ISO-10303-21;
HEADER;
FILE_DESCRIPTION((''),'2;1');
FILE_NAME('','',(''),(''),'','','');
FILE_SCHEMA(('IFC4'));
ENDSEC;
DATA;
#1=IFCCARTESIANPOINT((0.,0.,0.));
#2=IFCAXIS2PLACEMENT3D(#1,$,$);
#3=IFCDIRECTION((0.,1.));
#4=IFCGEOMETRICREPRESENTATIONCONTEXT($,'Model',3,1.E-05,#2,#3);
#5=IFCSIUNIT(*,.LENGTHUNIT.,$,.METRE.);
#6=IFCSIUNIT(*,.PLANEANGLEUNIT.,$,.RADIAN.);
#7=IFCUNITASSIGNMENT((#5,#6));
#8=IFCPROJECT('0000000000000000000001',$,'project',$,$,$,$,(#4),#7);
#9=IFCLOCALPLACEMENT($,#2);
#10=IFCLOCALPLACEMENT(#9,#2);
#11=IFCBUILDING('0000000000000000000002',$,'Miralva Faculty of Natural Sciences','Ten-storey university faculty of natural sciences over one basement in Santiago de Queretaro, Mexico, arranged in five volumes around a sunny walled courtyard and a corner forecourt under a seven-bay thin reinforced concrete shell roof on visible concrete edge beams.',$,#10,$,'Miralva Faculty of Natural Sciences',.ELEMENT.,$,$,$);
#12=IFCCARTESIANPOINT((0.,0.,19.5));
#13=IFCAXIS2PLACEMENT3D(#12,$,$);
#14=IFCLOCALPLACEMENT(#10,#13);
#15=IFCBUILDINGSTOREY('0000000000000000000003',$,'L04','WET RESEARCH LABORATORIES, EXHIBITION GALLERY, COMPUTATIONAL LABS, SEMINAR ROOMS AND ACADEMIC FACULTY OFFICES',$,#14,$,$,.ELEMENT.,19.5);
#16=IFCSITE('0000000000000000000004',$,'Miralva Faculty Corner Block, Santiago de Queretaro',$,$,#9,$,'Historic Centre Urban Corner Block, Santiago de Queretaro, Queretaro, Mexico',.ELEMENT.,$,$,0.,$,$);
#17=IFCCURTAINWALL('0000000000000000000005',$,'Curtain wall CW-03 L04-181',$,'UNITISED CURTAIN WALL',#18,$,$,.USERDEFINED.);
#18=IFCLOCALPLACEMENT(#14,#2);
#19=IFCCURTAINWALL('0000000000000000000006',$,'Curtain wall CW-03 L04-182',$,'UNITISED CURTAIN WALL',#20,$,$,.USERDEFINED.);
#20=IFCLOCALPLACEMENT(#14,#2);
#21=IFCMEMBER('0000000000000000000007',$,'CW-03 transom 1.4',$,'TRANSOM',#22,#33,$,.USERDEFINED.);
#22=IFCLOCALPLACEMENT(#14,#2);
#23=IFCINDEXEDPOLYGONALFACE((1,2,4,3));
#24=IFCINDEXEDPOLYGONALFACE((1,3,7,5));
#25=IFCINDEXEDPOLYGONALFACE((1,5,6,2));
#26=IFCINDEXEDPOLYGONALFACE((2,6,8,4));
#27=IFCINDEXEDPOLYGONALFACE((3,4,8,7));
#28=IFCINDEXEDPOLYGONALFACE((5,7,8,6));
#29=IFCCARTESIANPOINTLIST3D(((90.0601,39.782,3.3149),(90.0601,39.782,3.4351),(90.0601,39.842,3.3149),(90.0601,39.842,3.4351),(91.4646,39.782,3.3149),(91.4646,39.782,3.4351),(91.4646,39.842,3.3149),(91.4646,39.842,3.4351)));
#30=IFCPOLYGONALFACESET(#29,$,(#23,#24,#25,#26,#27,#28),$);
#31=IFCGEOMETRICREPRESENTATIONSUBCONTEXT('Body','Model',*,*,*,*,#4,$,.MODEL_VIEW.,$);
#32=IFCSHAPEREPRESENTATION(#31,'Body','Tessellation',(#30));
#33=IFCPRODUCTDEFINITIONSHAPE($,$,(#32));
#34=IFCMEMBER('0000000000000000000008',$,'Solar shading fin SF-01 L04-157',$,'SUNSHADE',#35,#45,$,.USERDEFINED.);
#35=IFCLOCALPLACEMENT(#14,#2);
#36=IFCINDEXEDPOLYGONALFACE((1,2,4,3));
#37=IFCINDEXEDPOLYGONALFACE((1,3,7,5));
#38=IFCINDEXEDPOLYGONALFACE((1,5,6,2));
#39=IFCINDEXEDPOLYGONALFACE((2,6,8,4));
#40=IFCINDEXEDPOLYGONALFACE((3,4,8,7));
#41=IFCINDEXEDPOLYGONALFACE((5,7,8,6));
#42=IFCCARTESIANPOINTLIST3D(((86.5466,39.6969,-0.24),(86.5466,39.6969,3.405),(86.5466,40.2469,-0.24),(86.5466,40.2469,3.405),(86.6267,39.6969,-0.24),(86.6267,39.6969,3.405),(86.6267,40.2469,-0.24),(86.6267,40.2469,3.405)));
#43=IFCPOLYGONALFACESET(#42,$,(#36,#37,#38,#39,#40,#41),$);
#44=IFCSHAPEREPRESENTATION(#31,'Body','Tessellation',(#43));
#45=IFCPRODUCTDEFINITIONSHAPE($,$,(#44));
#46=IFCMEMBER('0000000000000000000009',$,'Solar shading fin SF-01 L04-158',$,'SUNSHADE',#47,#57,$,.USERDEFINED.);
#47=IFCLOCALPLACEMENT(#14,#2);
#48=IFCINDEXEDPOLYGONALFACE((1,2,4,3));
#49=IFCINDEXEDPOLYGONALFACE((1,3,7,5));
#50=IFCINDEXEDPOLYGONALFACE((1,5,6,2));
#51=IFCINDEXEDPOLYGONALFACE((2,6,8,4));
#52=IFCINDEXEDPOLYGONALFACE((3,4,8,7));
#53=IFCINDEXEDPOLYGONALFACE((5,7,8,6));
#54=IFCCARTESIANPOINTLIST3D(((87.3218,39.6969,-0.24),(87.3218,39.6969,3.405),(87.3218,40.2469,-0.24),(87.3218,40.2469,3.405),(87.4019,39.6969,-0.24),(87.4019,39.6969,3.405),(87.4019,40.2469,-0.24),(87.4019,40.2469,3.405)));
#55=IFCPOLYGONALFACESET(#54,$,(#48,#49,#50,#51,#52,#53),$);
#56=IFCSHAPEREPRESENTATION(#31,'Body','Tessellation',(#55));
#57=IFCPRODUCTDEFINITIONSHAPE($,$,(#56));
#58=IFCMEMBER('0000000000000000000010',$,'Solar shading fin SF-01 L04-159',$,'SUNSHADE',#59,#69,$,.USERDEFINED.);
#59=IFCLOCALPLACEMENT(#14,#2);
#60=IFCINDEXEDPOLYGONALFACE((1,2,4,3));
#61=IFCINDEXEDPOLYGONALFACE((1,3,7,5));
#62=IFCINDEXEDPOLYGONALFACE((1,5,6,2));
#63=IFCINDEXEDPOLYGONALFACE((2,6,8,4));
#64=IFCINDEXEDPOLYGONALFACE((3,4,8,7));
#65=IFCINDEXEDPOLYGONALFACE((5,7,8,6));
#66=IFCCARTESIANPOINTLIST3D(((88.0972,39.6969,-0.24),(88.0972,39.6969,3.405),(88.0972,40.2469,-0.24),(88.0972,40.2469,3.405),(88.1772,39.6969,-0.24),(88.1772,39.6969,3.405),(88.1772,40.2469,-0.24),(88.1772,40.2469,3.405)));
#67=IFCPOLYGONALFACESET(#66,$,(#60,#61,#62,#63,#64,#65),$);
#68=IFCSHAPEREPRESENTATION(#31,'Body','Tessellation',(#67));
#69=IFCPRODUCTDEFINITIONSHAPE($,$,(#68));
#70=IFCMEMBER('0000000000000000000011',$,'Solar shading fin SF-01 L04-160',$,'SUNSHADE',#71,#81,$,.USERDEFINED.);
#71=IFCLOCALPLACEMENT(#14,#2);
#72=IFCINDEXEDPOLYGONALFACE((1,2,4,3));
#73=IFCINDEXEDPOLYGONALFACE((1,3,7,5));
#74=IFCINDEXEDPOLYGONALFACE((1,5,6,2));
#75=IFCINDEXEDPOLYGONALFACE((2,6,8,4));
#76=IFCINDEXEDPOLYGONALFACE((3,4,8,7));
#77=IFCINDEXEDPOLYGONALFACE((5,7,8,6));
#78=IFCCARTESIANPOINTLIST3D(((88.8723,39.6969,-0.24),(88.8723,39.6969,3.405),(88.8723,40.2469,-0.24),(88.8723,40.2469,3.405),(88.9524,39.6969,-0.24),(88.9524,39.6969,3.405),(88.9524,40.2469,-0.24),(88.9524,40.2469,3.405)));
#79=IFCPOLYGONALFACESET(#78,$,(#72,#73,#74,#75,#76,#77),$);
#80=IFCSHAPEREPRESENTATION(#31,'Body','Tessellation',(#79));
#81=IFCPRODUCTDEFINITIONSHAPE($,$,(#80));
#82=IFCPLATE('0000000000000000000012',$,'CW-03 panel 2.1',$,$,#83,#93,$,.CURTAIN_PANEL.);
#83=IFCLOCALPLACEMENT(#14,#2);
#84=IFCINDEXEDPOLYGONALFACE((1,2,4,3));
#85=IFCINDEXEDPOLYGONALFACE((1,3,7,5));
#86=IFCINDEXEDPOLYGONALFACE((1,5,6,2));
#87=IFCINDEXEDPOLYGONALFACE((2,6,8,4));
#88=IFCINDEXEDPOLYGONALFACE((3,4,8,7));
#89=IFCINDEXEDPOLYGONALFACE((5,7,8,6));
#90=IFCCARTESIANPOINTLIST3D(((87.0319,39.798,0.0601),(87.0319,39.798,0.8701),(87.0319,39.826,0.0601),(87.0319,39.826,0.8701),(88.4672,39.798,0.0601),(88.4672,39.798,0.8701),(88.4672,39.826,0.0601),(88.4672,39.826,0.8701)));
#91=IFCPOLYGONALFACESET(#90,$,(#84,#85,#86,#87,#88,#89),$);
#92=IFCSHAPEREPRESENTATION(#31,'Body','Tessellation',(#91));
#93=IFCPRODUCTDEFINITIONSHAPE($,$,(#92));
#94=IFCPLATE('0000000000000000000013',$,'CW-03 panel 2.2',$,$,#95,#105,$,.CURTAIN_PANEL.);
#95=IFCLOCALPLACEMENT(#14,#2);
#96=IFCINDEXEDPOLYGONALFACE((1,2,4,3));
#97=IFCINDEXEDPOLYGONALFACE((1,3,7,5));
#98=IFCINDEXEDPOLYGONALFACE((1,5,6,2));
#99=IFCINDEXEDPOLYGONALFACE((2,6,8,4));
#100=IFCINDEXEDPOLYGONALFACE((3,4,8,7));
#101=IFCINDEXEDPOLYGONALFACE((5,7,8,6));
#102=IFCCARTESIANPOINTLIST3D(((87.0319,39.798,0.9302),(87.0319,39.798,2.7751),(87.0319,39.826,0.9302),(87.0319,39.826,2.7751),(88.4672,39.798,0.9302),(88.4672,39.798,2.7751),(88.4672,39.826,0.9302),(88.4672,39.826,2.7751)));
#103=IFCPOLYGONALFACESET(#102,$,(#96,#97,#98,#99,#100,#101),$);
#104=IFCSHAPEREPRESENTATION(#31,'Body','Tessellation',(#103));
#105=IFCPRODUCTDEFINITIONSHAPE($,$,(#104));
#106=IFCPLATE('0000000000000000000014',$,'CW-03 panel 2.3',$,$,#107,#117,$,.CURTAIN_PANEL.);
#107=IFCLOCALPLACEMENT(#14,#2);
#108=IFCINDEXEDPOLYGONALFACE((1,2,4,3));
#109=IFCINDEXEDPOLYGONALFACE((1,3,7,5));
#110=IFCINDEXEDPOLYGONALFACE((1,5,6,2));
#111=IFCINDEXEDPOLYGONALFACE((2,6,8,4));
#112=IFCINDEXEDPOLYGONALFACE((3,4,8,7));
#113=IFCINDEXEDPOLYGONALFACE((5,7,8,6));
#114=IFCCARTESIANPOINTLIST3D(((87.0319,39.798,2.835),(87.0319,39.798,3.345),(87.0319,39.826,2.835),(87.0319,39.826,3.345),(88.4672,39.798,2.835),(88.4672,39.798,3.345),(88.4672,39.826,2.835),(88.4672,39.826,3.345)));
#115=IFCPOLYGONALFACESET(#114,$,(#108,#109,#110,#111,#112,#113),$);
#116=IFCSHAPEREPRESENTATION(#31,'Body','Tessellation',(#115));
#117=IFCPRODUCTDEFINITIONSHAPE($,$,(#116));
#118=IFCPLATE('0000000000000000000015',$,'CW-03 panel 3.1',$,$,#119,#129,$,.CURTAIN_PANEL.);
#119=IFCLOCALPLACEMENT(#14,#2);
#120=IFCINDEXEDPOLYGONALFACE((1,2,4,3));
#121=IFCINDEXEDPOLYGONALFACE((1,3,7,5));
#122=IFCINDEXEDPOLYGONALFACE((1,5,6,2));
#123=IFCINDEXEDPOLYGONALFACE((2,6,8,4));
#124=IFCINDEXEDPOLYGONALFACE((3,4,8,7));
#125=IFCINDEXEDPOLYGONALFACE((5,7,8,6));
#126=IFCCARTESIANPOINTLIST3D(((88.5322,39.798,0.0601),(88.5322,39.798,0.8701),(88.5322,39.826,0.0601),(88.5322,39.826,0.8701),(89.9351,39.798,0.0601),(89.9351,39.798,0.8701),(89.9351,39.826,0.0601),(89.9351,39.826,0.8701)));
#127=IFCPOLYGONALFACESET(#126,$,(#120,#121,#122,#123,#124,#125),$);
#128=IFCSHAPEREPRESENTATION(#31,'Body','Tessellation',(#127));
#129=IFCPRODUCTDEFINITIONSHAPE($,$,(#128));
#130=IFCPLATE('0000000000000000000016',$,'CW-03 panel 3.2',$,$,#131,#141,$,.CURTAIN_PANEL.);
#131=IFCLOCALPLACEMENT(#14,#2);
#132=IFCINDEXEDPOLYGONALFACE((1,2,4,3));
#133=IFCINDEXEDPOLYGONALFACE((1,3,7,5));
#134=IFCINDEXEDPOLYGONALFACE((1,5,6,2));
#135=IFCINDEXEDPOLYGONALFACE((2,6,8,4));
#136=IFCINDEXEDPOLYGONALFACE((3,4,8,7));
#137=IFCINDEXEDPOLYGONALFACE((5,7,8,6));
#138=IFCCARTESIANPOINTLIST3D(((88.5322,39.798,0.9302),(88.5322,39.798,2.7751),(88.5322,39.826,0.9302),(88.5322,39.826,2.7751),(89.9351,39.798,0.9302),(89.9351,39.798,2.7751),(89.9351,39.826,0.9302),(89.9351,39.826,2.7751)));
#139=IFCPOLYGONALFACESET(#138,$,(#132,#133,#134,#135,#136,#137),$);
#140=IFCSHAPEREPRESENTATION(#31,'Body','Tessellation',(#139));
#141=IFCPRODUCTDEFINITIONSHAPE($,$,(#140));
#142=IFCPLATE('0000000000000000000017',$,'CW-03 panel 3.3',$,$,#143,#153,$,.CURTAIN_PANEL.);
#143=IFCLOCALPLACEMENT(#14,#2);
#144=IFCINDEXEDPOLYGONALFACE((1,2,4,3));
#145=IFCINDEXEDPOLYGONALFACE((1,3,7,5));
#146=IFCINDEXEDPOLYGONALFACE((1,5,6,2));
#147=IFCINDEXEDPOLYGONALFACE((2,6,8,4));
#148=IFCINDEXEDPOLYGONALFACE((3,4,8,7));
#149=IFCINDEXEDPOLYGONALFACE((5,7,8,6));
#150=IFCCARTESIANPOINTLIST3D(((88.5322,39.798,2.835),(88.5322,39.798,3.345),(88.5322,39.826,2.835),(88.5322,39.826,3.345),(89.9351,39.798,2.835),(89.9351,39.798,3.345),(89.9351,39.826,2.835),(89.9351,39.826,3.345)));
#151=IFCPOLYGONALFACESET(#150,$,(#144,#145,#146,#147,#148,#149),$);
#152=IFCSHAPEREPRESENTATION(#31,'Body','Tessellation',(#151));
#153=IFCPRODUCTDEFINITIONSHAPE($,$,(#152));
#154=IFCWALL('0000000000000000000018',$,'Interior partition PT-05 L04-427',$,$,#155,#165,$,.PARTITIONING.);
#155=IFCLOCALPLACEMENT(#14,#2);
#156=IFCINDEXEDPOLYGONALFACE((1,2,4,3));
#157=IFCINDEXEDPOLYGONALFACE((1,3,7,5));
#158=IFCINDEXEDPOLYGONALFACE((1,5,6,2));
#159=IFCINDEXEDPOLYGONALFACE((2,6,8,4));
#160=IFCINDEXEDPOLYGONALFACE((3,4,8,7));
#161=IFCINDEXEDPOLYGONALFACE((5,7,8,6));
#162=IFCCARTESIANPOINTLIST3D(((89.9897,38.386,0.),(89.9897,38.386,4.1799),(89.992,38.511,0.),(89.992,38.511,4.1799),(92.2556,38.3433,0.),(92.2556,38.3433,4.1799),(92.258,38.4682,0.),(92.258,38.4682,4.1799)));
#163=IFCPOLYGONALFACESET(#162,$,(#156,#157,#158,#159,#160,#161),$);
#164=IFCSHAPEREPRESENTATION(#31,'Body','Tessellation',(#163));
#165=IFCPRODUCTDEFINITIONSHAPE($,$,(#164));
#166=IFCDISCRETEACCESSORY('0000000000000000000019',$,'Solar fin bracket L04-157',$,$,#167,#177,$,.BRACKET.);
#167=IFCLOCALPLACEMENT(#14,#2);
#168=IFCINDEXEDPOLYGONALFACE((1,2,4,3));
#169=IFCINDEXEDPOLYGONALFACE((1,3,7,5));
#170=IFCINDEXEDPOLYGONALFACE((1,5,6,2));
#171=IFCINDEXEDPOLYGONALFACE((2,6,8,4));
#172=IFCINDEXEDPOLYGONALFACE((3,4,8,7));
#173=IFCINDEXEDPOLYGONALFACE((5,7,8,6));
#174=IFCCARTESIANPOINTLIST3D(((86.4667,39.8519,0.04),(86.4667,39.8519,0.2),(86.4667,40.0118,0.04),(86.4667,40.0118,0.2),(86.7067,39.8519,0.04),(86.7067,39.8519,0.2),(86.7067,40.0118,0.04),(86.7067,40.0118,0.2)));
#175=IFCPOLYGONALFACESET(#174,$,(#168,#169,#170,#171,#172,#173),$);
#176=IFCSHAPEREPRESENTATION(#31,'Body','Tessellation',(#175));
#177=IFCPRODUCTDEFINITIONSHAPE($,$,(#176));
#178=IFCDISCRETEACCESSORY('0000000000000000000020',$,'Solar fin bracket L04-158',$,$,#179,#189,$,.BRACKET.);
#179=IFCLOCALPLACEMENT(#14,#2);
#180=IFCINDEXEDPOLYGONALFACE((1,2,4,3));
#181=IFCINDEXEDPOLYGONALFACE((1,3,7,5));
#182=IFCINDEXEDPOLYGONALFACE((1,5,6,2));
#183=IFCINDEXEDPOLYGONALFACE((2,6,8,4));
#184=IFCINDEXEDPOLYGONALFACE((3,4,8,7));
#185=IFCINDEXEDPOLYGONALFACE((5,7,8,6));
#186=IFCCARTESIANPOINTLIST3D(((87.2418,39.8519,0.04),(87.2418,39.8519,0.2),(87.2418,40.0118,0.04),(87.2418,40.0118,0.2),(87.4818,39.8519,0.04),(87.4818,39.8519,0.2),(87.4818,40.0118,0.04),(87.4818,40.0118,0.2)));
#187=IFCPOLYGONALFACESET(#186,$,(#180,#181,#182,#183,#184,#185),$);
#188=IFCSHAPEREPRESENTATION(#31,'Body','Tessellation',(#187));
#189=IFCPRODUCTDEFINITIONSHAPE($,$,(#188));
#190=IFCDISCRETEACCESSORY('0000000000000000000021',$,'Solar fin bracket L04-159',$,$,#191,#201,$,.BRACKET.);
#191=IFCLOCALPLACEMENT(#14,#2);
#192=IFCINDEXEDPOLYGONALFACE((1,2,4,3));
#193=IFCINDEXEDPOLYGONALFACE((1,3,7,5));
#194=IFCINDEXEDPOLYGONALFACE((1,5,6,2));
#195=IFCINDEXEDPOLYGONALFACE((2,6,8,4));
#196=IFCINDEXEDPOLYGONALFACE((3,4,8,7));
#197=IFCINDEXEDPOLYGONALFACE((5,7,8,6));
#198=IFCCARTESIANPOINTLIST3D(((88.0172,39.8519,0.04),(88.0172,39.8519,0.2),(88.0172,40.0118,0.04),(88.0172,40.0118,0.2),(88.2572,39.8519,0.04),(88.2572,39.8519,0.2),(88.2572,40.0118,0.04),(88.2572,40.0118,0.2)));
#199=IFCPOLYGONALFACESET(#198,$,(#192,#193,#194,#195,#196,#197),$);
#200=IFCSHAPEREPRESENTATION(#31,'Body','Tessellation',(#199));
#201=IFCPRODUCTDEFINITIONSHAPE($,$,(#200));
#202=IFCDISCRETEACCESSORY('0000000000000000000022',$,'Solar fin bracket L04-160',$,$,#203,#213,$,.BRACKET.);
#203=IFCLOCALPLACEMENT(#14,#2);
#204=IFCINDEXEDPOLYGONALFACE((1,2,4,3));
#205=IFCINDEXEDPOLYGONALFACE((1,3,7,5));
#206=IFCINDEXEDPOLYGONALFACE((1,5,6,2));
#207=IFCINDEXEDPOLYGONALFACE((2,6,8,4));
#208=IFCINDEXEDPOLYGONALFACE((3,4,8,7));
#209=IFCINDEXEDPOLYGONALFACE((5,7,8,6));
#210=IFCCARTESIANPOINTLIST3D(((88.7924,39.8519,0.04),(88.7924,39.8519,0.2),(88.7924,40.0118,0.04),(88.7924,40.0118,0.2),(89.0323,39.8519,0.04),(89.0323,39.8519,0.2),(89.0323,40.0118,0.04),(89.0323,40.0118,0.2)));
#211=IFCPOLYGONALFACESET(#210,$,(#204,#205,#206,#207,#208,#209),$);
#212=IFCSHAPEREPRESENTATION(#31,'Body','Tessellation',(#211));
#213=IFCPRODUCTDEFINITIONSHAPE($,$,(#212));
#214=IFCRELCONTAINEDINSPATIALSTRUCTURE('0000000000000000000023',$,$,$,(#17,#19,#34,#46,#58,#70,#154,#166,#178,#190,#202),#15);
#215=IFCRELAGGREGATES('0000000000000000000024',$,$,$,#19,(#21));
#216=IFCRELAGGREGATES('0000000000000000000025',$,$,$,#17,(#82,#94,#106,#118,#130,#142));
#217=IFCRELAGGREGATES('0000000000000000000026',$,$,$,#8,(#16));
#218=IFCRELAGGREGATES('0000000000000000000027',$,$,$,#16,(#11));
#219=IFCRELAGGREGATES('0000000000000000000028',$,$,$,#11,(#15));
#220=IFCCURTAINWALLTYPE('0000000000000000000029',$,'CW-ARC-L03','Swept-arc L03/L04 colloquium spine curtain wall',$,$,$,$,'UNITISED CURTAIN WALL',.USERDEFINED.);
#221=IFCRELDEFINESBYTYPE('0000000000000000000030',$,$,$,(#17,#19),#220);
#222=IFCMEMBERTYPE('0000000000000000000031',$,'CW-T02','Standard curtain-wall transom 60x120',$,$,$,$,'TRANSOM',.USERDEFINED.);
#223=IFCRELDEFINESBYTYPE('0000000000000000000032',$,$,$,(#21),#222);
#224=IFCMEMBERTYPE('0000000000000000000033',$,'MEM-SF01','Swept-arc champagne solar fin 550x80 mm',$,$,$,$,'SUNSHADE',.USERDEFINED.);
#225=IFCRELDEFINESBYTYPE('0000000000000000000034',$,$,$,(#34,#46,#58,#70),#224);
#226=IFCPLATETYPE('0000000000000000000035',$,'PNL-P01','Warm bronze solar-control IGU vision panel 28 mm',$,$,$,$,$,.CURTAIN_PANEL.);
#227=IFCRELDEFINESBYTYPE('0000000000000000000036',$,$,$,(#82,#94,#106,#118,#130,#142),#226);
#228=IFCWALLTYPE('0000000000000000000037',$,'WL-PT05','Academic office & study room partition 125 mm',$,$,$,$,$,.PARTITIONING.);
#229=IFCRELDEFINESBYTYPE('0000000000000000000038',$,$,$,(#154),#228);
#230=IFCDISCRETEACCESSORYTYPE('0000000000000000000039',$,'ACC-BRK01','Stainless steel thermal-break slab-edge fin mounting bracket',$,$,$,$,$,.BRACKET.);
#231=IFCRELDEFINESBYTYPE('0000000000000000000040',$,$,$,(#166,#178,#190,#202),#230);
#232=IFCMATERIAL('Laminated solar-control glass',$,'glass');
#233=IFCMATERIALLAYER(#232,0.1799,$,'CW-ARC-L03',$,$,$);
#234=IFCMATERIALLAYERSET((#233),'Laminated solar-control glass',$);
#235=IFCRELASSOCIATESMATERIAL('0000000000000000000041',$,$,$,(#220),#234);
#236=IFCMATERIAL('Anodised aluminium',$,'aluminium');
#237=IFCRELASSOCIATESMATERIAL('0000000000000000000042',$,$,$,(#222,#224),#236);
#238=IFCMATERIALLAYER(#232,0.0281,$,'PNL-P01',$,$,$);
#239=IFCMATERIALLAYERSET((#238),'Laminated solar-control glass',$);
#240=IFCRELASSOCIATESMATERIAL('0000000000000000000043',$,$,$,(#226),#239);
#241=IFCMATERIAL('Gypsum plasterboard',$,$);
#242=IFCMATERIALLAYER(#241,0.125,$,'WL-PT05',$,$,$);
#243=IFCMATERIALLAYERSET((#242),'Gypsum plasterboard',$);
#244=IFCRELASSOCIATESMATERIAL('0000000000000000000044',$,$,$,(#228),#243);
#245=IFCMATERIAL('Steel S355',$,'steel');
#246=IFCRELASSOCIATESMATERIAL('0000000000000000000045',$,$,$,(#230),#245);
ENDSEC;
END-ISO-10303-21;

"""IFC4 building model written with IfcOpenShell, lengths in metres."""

from ifc_helpers import new_model, si_unit, direction, frame, frame_2d, origin, origin_2d, place, context, subcontext, project, spatial, rectangle, extrude, material, layer, layer_set, material_profile, profile_set, type_object, element, aggregate, save


model = new_model("IFC4")

# Units and contexts
model_context = context("Model", 3, precision=1e-05, world=origin(), true_north=direction((0.0, 1.0)))
body_context = subcontext(model_context, "Body", "Model", "MODEL_VIEW")
ifc_project = project(units=[si_unit("LENGTHUNIT", "METRE"), si_unit("PLANEANGLEUNIT", "RADIAN")], contexts=[model_context])

# Site, building, storey
site_placement = place(None, origin())
site = spatial("IfcSite", under=ifc_project, at=site_placement, Name="Miralva Faculty Corner Block, Santiago de Queretaro", LongName="Historic Centre Urban Corner Block, Santiago de Queretaro, Queretaro, Mexico", CompositionType="ELEMENT", RefElevation=0.0)
building_placement = place(site_placement, origin())
building = spatial("IfcBuilding", under=site, at=building_placement, Name="Miralva Faculty of Natural Sciences", Description="Ten-storey university faculty of natural sciences over one basement in Santiago de Queretaro, Mexico, arranged in five volumes around a sunny walled courtyard and a corner forecourt under a seven-bay thin reinforced concrete shell roof on visible concrete edge beams.", LongName="Miralva Faculty of Natural Sciences", CompositionType="ELEMENT")
storey_placement = place(building_placement, frame((0.0, 0.0, 19.5)))
storey = spatial("IfcBuildingStorey", under=building, at=storey_placement, Name="L04", Description="WET RESEARCH LABORATORIES, EXHIBITION GALLERY, COMPUTATIONAL LABS, SEMINAR ROOMS AND ACADEMIC FACULTY OFFICES", CompositionType="ELEMENT", Elevation=19.5)

# Curtain wall
ifc_material_1 = material(Name="Laminated solar-control glass", Category="glass")
ifc_layer_1 = layer(ifc_material_1, 0.1799, Name="CW-ARC-L03")
ifc_layer_set_1 = layer_set([ifc_layer_1], Name="Laminated solar-control glass")
curtain_wall_type = type_object("IfcCurtainWallType", Name="CW-ARC-L03", Description="Swept-arc L03/L04 colloquium spine curtain wall", ElementType="UNITISED CURTAIN WALL", PredefinedType="USERDEFINED", material=ifc_layer_set_1)
curtain_wall_1_placement = place(storey_placement, origin())
curtain_wall_1 = element("IfcCurtainWall", 1, at=curtain_wall_1_placement, inside=storey, type_object=curtain_wall_type, Name="Curtain wall CW-03 L04-181", ObjectType="UNITISED CURTAIN WALL", PredefinedType="USERDEFINED")
ifc_material_2 = material(Name="Anodised aluminium", Category="aluminium")

# Curtain wall
curtain_wall_2_placement = place(storey_placement, origin())
curtain_wall_2 = element("IfcCurtainWall", 2, at=curtain_wall_2_placement, inside=storey, type_object=curtain_wall_type, Name="Curtain wall CW-03 L04-182", ObjectType="UNITISED CURTAIN WALL", PredefinedType="USERDEFINED")

# Member
ifc_material_profile_1 = material_profile(ifc_material_2, rectangle(XDim=0.0601, YDim=0.1201, at=origin_2d()), Name="TRANSOM 60x120")
ifc_profile_set_1 = profile_set([ifc_material_profile_1], Name="Anodised aluminium")
member_type_1 = type_object("IfcMemberType", Name="CW-T02", Description="Standard curtain-wall transom 60x120", ElementType="TRANSOM", PredefinedType="USERDEFINED", material=ifc_profile_set_1)
member_1_placement = place(storey_placement, frame((90.0601, 39.812, 3.375), z_axis=(1.0, 0.0, 0.0), x_axis=(0.0, 1.0, 0.0)))
member_1 = element("IfcMember", 3, at=member_1_placement, type_object=member_type_1, Name="CW-03 transom 1.4", ObjectType="TRANSOM", PredefinedType="USERDEFINED", context=body_context, shape_type="SweptSolid", body=[
    extrude(rectangle(XDim=0.0601, YDim=0.1201, at=origin_2d()), origin(), (0.0, 0.0, 1.0), 1.4045),
])
aggregate(curtain_wall_2, [member_1])

# Members
ifc_material_profile_2 = material_profile(ifc_material_2, rectangle(XDim=0.0801, YDim=0.55, at=origin_2d()), Name="FIN 550x80")
ifc_profile_set_2 = profile_set([ifc_material_profile_2], Name="Anodised aluminium")
member_type_2 = type_object("IfcMemberType", Name="MEM-SF01", Description="Swept-arc champagne solar fin 550x80 mm", ElementType="SUNSHADE", PredefinedType="USERDEFINED", material=ifc_profile_set_2)
for number, where, z_axis, x_axis, name in (
    (4, (86.5867, 39.9719, -0.24), (0.0, 0.0, 1.0), (-1.0, 0.0, 0.0), "Solar shading fin SF-01 L04-157"),
    (5, (87.3618, 39.9719, -0.24), (0.0, 0.0, 1.0), (-1.0, 0.0, 0.0), "Solar shading fin SF-01 L04-158"),
    (6, (88.1372, 39.9719, -0.24), (0.0, 0.0, 1.0), (-1.0, 0.0, 0.0), "Solar shading fin SF-01 L04-159"),
    (7, (88.9124, 39.9719, -0.24), (0.0, 0.0, 1.0), (-1.0, 0.0, 0.0), "Solar shading fin SF-01 L04-160"),
):
    element("IfcMember", number, at=place(storey_placement, frame(where, z_axis=z_axis, x_axis=x_axis)), inside=storey, type_object=member_type_2, Name=name, ObjectType="SUNSHADE", PredefinedType="USERDEFINED", context=body_context, shape_type="SweptSolid", body=[
        extrude(rectangle(XDim=0.0801, YDim=0.55, at=origin_2d()), origin(), (0.0, 0.0, 1.0), 3.645),
    ])

# Plates
ifc_layer_2 = layer(ifc_material_1, 0.0281, Name="PNL-P01")
ifc_layer_set_2 = layer_set([ifc_layer_2], Name="Laminated solar-control glass")
plate_type = type_object("IfcPlateType", Name="PNL-P01", Description="Warm bronze solar-control IGU vision panel 28 mm", PredefinedType="CURTAIN_PANEL", material=ifc_layer_set_2)
plate_1_placement = place(storey_placement, frame((87.7495, 39.812, 0.0601), z_axis=(0.0, 0.0, 1.0), x_axis=(1.0, 0.0, 0.0)))
plate_1 = element("IfcPlate", 8, at=plate_1_placement, type_object=plate_type, Name="CW-03 panel 2.1", PredefinedType="CURTAIN_PANEL", context=body_context, shape_type="SweptSolid", body=[
    extrude(rectangle(XDim=1.4353, YDim=0.0281, at=origin_2d()), origin(), (0.0, 0.0, 1.0), 0.8101),
])
plate_2_placement = place(storey_placement, frame((87.7495, 39.812, 0.9302), z_axis=(0.0, 0.0, 1.0), x_axis=(1.0, 0.0, 0.0)))
plate_2 = element("IfcPlate", 9, at=plate_2_placement, type_object=plate_type, Name="CW-03 panel 2.2", PredefinedType="CURTAIN_PANEL", context=body_context, shape_type="SweptSolid", body=[
    extrude(rectangle(XDim=1.4353, YDim=0.0281, at=origin_2d()), origin(), (0.0, 0.0, 1.0), 1.845),
])
plate_3_placement = place(storey_placement, frame((87.7495, 39.812, 2.835), z_axis=(0.0, 0.0, 1.0), x_axis=(1.0, 0.0, 0.0)))
plate_3 = element("IfcPlate", 10, at=plate_3_placement, type_object=plate_type, Name="CW-03 panel 2.3", PredefinedType="CURTAIN_PANEL", context=body_context, shape_type="SweptSolid", body=[
    extrude(rectangle(XDim=1.4353, YDim=0.0281, at=origin_2d()), origin(), (0.0, 0.0, 1.0), 0.51),
])
plate_4_placement = place(storey_placement, frame((89.2336, 39.812, 0.0601), z_axis=(0.0, 0.0, 1.0), x_axis=(1.0, 0.0, 0.0)))
plate_4 = element("IfcPlate", 11, at=plate_4_placement, type_object=plate_type, Name="CW-03 panel 3.1", PredefinedType="CURTAIN_PANEL", context=body_context, shape_type="SweptSolid", body=[
    extrude(rectangle(XDim=1.4028, YDim=0.0281, at=origin_2d()), origin(), (0.0, 0.0, 1.0), 0.8101),
])
plate_5_placement = place(storey_placement, frame((89.2336, 39.812, 0.9302), z_axis=(0.0, 0.0, 1.0), x_axis=(1.0, 0.0, 0.0)))
plate_5 = element("IfcPlate", 12, at=plate_5_placement, type_object=plate_type, Name="CW-03 panel 3.2", PredefinedType="CURTAIN_PANEL", context=body_context, shape_type="SweptSolid", body=[
    extrude(rectangle(XDim=1.4028, YDim=0.0281, at=origin_2d()), origin(), (0.0, 0.0, 1.0), 1.845),
])
plate_6_placement = place(storey_placement, frame((89.2336, 39.812, 2.835), z_axis=(0.0, 0.0, 1.0), x_axis=(1.0, 0.0, 0.0)))
plate_6 = element("IfcPlate", 13, at=plate_6_placement, type_object=plate_type, Name="CW-03 panel 3.3", PredefinedType="CURTAIN_PANEL", context=body_context, shape_type="SweptSolid", body=[
    extrude(rectangle(XDim=1.4028, YDim=0.0281, at=origin_2d()), origin(), (0.0, 0.0, 1.0), 0.51),
])
aggregate(curtain_wall_1, [plate_1, plate_2, plate_3, plate_4, plate_5, plate_6])

# Wall
ifc_material_3 = material(Name="Gypsum plasterboard")
ifc_layer_3 = layer(ifc_material_3, 0.125, Name="WL-PT05")
ifc_layer_set_3 = layer_set([ifc_layer_3], Name="Gypsum plasterboard")
wall_type = type_object("IfcWallType", Name="WL-PT05", Description="Academic office & study room partition 125 mm", PredefinedType="PARTITIONING", material=ifc_layer_set_3)
wall_placement = place(storey_placement, frame((89.9907, 38.4485, 0.0), z_axis=(0.0, 0.0, 1.0), x_axis=(0.999822, -0.018852, 0.0)))
element("IfcWall", 14, at=wall_placement, inside=storey, type_object=wall_type, Name="Interior partition PT-05 L04-427", PredefinedType="PARTITIONING", context=body_context, shape_type="SweptSolid", body=[
    extrude(rectangle(XDim=2.2664, YDim=0.125, at=frame_2d((1.1333, 0.0))), origin(), (0.0, 0.0, 1.0), 4.1799),
])

# Discrete accessories
ifc_material_4 = material(Name="Steel S355", Category="steel")
discrete_accessory_type = type_object("IfcDiscreteAccessoryType", Name="ACC-BRK01", Description="Stainless steel thermal-break slab-edge fin mounting bracket", PredefinedType="BRACKET", material=ifc_material_4)
for number, where, z_axis, x_axis, name in (
    (15, (86.5867, 39.9319, 0.04), (0.0, 0.0, 1.0), (0.0, 1.0, 0.0), "Solar fin bracket L04-157"),
    (16, (87.3618, 39.9319, 0.04), (0.0, 0.0, 1.0), (0.0, 1.0, 0.0), "Solar fin bracket L04-158"),
    (17, (88.1372, 39.9319, 0.04), (0.0, 0.0, 1.0), (0.0, 1.0, 0.0), "Solar fin bracket L04-159"),
    (18, (88.9124, 39.9319, 0.04), (0.0, 0.0, 1.0), (0.0, 1.0, 0.0), "Solar fin bracket L04-160"),
):
    element("IfcDiscreteAccessory", number, at=place(storey_placement, frame(where, z_axis=z_axis, x_axis=x_axis)), inside=storey, type_object=discrete_accessory_type, Name=name, PredefinedType="BRACKET", context=body_context, shape_type="SweptSolid", body=[
        extrude(rectangle(XDim=0.1599, YDim=0.24, at=origin_2d()), origin(), (0.0, 0.0, 1.0), 0.1599),
    ])

save(model, "model.ifc")
